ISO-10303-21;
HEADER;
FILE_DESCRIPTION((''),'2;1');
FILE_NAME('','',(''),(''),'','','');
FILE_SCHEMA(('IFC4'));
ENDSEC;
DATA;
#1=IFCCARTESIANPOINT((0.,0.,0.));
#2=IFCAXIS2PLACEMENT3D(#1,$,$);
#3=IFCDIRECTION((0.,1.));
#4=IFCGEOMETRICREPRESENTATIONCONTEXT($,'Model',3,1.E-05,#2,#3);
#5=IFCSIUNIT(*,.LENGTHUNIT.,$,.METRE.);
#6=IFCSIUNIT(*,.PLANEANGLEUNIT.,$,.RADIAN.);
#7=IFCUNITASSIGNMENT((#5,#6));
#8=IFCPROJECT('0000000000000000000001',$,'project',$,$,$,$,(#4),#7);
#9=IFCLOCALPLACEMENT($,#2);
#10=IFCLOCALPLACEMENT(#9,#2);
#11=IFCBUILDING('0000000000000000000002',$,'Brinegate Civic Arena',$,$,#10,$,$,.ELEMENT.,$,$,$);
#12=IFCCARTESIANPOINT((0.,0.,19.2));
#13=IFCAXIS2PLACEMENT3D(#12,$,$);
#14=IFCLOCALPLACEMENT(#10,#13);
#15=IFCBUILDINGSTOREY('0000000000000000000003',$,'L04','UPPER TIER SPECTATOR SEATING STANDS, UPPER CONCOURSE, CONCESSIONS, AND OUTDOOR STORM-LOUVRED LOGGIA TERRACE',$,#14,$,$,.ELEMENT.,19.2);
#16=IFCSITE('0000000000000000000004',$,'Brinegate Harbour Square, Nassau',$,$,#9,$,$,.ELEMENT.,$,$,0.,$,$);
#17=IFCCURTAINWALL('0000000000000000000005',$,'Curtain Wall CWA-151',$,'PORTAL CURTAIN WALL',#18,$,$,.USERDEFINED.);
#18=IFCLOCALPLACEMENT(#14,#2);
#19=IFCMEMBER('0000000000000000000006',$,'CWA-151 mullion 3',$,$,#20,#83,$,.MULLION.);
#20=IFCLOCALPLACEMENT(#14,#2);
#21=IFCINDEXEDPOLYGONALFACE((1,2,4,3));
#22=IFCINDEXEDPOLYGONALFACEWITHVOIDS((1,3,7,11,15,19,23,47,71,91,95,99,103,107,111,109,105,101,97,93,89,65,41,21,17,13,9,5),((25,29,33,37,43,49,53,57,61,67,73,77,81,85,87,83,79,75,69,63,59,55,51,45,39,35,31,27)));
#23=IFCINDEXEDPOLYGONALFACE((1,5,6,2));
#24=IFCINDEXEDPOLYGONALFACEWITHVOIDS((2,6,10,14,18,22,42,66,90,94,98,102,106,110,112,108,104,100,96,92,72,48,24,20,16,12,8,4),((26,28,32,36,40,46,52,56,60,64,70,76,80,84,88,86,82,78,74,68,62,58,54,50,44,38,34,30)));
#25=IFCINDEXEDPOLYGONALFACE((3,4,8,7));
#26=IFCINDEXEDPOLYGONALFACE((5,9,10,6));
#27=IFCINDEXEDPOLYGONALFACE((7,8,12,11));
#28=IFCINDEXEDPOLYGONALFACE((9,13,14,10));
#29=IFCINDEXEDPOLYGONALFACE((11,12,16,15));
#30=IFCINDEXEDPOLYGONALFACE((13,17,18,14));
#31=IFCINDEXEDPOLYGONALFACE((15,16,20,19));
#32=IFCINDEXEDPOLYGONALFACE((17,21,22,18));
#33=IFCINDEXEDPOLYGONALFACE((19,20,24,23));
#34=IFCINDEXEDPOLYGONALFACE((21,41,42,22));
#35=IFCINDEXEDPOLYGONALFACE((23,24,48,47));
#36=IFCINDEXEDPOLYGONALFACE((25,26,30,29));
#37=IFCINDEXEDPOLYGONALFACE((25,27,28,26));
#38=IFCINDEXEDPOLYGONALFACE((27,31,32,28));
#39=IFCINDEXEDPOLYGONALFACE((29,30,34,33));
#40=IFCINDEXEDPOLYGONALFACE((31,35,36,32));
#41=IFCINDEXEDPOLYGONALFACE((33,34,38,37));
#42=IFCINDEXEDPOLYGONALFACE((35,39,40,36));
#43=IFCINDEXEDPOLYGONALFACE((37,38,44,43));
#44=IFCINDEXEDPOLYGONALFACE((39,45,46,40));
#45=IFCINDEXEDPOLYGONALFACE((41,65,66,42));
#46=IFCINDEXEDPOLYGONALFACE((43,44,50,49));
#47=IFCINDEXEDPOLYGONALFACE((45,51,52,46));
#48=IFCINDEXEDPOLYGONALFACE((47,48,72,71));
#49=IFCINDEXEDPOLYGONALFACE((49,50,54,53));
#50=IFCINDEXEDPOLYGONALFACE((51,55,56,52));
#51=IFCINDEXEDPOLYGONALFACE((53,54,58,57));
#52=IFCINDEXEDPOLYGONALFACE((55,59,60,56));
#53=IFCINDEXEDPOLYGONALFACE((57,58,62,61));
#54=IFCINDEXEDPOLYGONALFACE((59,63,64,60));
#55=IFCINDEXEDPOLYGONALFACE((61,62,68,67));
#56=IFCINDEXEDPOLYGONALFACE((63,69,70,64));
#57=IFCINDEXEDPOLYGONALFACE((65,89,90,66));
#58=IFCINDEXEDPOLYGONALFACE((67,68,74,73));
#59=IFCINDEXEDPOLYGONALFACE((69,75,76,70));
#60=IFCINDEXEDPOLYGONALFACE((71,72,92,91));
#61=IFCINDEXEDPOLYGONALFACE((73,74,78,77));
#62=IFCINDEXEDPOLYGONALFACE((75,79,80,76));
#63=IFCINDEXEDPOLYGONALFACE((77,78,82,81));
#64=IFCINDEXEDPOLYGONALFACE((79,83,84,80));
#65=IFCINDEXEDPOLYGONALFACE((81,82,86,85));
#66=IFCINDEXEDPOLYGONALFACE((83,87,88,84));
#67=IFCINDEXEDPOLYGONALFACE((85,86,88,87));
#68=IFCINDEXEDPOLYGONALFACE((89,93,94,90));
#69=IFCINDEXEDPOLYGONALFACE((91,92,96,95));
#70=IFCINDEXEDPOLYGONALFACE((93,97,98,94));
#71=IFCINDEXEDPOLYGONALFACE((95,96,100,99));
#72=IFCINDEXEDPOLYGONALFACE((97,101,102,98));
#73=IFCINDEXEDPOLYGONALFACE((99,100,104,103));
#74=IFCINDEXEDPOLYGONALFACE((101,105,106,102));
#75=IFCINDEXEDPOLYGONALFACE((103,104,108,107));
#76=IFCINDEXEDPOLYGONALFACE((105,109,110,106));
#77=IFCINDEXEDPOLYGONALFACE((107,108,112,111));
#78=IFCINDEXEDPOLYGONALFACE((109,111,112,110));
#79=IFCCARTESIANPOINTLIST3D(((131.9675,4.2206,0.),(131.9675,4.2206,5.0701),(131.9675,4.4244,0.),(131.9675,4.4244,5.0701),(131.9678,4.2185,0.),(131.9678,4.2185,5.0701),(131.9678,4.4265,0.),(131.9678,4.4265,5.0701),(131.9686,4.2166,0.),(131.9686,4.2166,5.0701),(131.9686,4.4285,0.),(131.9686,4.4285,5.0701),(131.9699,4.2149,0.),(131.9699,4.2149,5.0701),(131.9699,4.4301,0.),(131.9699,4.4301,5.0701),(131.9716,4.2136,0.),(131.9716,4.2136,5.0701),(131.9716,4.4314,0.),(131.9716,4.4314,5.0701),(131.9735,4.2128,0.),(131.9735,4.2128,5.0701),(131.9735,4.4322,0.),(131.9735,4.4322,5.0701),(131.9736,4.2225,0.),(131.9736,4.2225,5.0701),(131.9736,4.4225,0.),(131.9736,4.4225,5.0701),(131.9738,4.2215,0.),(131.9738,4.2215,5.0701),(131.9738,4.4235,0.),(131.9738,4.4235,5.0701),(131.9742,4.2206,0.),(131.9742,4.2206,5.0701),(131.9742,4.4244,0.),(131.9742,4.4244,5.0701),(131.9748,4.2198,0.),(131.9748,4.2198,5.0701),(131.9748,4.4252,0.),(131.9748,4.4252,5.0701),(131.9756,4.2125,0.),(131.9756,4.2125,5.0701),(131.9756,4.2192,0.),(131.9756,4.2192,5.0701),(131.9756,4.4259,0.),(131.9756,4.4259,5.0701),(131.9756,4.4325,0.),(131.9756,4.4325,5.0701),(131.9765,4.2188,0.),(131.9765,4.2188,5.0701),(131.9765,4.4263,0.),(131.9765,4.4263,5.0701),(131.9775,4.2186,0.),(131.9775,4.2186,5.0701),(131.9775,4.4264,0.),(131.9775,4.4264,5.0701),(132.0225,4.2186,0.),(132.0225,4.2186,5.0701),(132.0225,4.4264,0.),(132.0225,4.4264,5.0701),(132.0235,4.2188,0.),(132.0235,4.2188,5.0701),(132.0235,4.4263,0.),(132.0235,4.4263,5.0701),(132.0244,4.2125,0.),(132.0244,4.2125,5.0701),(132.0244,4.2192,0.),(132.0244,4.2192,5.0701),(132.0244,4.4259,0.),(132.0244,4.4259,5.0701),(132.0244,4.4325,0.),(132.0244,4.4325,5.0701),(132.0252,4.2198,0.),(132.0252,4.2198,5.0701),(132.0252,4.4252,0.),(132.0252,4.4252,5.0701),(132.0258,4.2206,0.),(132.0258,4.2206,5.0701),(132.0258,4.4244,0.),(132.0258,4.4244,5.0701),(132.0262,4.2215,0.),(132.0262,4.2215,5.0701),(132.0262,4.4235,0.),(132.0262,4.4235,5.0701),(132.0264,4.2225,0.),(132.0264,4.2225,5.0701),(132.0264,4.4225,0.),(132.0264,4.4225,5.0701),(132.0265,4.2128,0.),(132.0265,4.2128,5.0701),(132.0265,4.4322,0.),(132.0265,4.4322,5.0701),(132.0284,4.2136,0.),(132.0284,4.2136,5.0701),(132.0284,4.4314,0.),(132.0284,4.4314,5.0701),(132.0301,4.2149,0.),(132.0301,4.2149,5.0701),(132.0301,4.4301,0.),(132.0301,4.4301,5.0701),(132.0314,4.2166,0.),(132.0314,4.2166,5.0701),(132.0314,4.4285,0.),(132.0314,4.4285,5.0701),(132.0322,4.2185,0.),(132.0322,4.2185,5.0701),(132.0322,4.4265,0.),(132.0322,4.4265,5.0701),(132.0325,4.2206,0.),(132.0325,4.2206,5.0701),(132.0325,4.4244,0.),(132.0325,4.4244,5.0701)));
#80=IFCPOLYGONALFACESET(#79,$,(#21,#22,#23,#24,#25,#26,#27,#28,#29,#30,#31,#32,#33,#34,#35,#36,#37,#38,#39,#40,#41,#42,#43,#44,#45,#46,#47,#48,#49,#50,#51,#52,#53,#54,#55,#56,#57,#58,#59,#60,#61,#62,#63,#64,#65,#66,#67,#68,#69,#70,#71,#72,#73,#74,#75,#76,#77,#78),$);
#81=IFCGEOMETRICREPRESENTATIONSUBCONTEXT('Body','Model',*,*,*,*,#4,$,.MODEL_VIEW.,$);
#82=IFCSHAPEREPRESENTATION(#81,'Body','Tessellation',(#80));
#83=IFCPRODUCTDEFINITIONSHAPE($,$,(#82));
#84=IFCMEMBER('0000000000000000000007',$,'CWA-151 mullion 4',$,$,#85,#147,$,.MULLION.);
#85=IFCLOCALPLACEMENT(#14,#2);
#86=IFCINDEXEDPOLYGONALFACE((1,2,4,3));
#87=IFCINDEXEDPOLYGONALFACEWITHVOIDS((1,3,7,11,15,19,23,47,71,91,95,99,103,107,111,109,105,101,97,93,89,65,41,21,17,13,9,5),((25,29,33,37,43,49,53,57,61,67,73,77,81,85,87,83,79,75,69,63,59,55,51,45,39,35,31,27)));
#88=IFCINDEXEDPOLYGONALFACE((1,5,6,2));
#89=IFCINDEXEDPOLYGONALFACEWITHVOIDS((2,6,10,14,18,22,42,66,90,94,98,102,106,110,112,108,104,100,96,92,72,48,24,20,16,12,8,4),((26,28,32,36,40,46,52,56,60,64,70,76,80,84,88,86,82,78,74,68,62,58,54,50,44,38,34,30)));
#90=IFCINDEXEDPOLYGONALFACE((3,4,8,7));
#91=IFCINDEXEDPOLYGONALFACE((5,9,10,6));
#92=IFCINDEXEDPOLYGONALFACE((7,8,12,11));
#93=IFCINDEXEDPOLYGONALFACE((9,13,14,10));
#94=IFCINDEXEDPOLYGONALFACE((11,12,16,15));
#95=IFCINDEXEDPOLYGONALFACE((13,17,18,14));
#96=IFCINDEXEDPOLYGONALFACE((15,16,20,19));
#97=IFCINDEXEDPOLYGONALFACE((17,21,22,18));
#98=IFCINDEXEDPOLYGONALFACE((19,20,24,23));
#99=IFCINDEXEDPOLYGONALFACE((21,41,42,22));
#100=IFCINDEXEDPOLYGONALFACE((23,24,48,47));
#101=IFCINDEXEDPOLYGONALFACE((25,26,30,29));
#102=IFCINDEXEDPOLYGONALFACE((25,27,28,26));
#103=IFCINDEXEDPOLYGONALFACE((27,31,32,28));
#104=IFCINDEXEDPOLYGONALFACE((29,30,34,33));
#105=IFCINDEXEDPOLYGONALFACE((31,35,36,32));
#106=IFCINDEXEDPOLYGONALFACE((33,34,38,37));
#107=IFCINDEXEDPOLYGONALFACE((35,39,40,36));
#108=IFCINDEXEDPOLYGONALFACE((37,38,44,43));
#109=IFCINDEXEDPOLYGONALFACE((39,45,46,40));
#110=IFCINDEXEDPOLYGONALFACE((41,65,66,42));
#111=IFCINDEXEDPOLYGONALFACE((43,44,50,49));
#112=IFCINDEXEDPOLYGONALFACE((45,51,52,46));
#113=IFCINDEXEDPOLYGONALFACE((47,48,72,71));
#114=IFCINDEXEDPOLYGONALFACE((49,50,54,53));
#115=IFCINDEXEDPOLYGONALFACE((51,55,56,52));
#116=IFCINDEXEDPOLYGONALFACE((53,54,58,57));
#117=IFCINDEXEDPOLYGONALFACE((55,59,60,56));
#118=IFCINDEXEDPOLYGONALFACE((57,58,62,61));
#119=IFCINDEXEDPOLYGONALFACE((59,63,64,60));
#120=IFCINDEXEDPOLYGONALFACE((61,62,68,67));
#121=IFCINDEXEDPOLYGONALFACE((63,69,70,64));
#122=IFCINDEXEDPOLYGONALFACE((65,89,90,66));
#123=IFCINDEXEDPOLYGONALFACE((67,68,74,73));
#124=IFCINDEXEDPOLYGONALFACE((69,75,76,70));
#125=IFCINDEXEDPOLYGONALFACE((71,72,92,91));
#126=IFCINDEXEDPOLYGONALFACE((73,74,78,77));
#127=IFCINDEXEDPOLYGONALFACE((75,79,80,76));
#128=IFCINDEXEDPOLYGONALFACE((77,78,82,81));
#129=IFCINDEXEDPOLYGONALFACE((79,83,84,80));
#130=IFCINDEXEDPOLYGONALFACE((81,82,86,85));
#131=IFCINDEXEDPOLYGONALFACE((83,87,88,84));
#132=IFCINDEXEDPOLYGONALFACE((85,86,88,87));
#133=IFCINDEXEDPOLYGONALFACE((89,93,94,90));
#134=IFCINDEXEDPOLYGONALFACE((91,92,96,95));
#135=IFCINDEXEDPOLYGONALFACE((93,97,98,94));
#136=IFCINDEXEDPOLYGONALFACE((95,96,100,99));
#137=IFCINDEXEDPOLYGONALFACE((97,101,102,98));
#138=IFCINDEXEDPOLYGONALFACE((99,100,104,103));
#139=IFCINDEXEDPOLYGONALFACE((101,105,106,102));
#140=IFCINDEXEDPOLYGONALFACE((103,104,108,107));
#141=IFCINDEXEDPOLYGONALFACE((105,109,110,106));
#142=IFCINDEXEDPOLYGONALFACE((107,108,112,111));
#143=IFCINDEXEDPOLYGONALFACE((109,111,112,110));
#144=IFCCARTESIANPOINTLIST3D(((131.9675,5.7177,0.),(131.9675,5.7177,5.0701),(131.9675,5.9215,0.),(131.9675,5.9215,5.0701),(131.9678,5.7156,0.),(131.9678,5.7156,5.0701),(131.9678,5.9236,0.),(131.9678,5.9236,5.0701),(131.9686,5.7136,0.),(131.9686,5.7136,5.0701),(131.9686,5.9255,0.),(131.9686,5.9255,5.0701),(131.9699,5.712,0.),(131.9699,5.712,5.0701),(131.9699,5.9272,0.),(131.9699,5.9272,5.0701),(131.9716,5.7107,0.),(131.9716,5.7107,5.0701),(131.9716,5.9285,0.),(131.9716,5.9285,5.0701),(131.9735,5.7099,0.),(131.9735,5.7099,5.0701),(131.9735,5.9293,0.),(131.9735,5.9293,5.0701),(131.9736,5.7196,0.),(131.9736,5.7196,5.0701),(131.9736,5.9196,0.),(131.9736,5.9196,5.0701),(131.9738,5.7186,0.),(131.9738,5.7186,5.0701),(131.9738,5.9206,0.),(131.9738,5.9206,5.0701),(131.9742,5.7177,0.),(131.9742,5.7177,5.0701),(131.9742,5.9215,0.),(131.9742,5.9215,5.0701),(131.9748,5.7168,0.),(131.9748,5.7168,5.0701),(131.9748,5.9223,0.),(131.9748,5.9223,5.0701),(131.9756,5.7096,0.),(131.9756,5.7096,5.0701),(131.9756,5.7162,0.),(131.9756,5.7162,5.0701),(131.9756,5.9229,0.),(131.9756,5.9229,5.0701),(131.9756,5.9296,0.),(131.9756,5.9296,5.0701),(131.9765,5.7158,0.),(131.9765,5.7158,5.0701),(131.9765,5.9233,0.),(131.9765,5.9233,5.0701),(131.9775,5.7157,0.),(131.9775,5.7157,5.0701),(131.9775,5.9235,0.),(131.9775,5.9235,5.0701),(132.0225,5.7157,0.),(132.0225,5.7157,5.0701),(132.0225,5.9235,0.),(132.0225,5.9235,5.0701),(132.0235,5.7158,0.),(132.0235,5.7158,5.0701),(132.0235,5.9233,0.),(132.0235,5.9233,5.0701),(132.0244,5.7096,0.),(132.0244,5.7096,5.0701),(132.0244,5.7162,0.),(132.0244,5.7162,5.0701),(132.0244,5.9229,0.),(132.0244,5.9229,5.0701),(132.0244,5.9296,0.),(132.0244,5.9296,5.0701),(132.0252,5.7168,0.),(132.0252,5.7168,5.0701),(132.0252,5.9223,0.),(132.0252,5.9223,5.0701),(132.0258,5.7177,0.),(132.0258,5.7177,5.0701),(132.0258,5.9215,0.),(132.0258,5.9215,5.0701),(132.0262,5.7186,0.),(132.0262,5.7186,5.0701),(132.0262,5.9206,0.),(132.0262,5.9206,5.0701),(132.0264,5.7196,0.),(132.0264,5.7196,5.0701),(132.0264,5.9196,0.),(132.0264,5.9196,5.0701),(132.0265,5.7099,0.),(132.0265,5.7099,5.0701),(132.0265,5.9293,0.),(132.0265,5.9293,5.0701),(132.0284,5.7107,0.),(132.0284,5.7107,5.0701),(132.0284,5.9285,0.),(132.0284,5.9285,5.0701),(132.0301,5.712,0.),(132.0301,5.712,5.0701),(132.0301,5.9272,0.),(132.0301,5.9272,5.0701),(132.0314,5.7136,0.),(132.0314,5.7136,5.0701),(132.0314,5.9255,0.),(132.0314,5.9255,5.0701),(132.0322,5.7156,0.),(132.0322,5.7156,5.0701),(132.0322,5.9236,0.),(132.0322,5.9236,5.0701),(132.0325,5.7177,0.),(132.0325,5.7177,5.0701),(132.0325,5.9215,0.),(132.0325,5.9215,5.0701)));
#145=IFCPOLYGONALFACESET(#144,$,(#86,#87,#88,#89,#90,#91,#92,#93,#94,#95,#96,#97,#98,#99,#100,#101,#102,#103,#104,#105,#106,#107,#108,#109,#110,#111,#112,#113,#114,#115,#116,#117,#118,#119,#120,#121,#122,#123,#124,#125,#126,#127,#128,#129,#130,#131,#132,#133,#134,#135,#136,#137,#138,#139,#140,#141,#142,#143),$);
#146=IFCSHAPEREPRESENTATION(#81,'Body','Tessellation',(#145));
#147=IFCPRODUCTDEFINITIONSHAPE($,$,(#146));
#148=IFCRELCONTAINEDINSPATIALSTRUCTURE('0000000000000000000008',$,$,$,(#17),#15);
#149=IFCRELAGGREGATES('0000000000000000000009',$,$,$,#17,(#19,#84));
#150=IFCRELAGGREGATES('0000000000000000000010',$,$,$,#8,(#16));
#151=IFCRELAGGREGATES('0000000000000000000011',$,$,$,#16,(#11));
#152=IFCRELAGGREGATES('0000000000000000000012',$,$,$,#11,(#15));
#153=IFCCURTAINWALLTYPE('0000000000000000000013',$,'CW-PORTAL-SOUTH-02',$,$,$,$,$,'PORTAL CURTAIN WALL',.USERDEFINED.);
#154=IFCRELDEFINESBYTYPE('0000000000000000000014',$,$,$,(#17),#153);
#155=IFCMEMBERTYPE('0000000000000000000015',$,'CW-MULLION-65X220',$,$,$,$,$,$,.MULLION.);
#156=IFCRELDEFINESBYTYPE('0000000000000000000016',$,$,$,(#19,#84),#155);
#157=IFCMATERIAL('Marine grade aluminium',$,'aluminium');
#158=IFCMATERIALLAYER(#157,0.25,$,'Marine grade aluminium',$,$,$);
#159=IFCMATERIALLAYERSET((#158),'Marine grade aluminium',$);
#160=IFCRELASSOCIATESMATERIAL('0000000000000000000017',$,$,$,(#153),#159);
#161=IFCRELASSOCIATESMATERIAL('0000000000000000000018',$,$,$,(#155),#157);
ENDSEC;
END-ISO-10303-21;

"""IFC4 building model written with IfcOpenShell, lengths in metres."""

from ifc_helpers import new_model, si_unit, direction, frame, origin, origin_2d, place, context, subcontext, project, spatial, hollow_rectangle, extrude, material, layer, layer_set, material_profile, profile_set, type_object, element, aggregate, save


model = new_model("IFC4")

# Units and contexts
model_context = context("Model", 3, precision=1e-05, world=origin(), true_north=direction((0.0, 1.0)))
body_context = subcontext(model_context, "Body", "Model", "MODEL_VIEW")
ifc_project = project(units=[si_unit("LENGTHUNIT", "METRE"), si_unit("PLANEANGLEUNIT", "RADIAN")], contexts=[model_context])

# Site, building, storey
site_placement = place(None, origin())
site = spatial("IfcSite", under=ifc_project, at=site_placement, Name="Brinegate Harbour Square, Nassau", CompositionType="ELEMENT", RefElevation=0.0)
building_placement = place(site_placement, origin())
building = spatial("IfcBuilding", under=site, at=building_placement, Name="Brinegate Civic Arena", CompositionType="ELEMENT")
storey_placement = place(building_placement, frame((0.0, 0.0, 19.2)))
storey = spatial("IfcBuildingStorey", under=building, at=storey_placement, Name="L04", Description="UPPER TIER SPECTATOR SEATING STANDS, UPPER CONCOURSE, CONCESSIONS, AND OUTDOOR STORM-LOUVRED LOGGIA TERRACE", CompositionType="ELEMENT", Elevation=19.2)

# Curtain wall, members
ifc_material_1 = material(Name="Marine grade aluminium", Category="aluminium")
ifc_layer_1 = layer(ifc_material_1, 0.25, Name="Marine grade aluminium")
ifc_layer_set_1 = layer_set([ifc_layer_1], Name="Marine grade aluminium")
curtain_wall_type = type_object("IfcCurtainWallType", Name="CW-PORTAL-SOUTH-02", ElementType="PORTAL CURTAIN WALL", PredefinedType="USERDEFINED", material=ifc_layer_set_1)
curtain_wall_placement = place(storey_placement, origin())
curtain_wall = element("IfcCurtainWall", 1, at=curtain_wall_placement, inside=storey, type_object=curtain_wall_type, Name="Curtain Wall CWA-151", ObjectType="PORTAL CURTAIN WALL", PredefinedType="USERDEFINED")
ifc_material_profile_1 = material_profile(ifc_material_1, hollow_rectangle(XDim=0.0649, YDim=0.22, WallThickness=0.0061, InnerFilletRadius=0.0039, OuterFilletRadius=0.0081, at=origin_2d()), Name="MUL65X220")
ifc_profile_set_1 = profile_set([ifc_material_profile_1], Name="Marine grade aluminium")
member_type_1 = type_object("IfcMemberType", Name="CW-MULLION-65X220", PredefinedType="MULLION", material=ifc_profile_set_1)
member_1_placement = place(storey_placement, frame((132.0, 4.3225, 0.0), z_axis=(0.0, 0.0, 1.0), x_axis=(-1.0, 0.0, 0.0)))
member_1 = element("IfcMember", 2, at=member_1_placement, type_object=member_type_1, Name="CWA-151 mullion 3", PredefinedType="MULLION", context=body_context, shape_type="SweptSolid", body=[
    extrude(hollow_rectangle(XDim=0.0649, YDim=0.22, WallThickness=0.0061, InnerFilletRadius=0.0039, OuterFilletRadius=0.0081, at=origin_2d()), origin(), (0.0, 0.0, 1.0), 5.0701),
])
member_2_placement = place(storey_placement, frame((132.0, 5.8196, 0.0), z_axis=(0.0, 0.0, 1.0), x_axis=(-1.0, 0.0, 0.0)))
member_2 = element("IfcMember", 3, at=member_2_placement, type_object=member_type_1, Name="CWA-151 mullion 4", PredefinedType="MULLION", context=body_context, shape_type="SweptSolid", body=[
    extrude(hollow_rectangle(XDim=0.0649, YDim=0.22, WallThickness=0.0061, InnerFilletRadius=0.0039, OuterFilletRadius=0.0081, at=origin_2d()), origin(), (0.0, 0.0, 1.0), 5.0701),
])
aggregate(curtain_wall, [member_1, member_2])

save(model, "model.ifc")
